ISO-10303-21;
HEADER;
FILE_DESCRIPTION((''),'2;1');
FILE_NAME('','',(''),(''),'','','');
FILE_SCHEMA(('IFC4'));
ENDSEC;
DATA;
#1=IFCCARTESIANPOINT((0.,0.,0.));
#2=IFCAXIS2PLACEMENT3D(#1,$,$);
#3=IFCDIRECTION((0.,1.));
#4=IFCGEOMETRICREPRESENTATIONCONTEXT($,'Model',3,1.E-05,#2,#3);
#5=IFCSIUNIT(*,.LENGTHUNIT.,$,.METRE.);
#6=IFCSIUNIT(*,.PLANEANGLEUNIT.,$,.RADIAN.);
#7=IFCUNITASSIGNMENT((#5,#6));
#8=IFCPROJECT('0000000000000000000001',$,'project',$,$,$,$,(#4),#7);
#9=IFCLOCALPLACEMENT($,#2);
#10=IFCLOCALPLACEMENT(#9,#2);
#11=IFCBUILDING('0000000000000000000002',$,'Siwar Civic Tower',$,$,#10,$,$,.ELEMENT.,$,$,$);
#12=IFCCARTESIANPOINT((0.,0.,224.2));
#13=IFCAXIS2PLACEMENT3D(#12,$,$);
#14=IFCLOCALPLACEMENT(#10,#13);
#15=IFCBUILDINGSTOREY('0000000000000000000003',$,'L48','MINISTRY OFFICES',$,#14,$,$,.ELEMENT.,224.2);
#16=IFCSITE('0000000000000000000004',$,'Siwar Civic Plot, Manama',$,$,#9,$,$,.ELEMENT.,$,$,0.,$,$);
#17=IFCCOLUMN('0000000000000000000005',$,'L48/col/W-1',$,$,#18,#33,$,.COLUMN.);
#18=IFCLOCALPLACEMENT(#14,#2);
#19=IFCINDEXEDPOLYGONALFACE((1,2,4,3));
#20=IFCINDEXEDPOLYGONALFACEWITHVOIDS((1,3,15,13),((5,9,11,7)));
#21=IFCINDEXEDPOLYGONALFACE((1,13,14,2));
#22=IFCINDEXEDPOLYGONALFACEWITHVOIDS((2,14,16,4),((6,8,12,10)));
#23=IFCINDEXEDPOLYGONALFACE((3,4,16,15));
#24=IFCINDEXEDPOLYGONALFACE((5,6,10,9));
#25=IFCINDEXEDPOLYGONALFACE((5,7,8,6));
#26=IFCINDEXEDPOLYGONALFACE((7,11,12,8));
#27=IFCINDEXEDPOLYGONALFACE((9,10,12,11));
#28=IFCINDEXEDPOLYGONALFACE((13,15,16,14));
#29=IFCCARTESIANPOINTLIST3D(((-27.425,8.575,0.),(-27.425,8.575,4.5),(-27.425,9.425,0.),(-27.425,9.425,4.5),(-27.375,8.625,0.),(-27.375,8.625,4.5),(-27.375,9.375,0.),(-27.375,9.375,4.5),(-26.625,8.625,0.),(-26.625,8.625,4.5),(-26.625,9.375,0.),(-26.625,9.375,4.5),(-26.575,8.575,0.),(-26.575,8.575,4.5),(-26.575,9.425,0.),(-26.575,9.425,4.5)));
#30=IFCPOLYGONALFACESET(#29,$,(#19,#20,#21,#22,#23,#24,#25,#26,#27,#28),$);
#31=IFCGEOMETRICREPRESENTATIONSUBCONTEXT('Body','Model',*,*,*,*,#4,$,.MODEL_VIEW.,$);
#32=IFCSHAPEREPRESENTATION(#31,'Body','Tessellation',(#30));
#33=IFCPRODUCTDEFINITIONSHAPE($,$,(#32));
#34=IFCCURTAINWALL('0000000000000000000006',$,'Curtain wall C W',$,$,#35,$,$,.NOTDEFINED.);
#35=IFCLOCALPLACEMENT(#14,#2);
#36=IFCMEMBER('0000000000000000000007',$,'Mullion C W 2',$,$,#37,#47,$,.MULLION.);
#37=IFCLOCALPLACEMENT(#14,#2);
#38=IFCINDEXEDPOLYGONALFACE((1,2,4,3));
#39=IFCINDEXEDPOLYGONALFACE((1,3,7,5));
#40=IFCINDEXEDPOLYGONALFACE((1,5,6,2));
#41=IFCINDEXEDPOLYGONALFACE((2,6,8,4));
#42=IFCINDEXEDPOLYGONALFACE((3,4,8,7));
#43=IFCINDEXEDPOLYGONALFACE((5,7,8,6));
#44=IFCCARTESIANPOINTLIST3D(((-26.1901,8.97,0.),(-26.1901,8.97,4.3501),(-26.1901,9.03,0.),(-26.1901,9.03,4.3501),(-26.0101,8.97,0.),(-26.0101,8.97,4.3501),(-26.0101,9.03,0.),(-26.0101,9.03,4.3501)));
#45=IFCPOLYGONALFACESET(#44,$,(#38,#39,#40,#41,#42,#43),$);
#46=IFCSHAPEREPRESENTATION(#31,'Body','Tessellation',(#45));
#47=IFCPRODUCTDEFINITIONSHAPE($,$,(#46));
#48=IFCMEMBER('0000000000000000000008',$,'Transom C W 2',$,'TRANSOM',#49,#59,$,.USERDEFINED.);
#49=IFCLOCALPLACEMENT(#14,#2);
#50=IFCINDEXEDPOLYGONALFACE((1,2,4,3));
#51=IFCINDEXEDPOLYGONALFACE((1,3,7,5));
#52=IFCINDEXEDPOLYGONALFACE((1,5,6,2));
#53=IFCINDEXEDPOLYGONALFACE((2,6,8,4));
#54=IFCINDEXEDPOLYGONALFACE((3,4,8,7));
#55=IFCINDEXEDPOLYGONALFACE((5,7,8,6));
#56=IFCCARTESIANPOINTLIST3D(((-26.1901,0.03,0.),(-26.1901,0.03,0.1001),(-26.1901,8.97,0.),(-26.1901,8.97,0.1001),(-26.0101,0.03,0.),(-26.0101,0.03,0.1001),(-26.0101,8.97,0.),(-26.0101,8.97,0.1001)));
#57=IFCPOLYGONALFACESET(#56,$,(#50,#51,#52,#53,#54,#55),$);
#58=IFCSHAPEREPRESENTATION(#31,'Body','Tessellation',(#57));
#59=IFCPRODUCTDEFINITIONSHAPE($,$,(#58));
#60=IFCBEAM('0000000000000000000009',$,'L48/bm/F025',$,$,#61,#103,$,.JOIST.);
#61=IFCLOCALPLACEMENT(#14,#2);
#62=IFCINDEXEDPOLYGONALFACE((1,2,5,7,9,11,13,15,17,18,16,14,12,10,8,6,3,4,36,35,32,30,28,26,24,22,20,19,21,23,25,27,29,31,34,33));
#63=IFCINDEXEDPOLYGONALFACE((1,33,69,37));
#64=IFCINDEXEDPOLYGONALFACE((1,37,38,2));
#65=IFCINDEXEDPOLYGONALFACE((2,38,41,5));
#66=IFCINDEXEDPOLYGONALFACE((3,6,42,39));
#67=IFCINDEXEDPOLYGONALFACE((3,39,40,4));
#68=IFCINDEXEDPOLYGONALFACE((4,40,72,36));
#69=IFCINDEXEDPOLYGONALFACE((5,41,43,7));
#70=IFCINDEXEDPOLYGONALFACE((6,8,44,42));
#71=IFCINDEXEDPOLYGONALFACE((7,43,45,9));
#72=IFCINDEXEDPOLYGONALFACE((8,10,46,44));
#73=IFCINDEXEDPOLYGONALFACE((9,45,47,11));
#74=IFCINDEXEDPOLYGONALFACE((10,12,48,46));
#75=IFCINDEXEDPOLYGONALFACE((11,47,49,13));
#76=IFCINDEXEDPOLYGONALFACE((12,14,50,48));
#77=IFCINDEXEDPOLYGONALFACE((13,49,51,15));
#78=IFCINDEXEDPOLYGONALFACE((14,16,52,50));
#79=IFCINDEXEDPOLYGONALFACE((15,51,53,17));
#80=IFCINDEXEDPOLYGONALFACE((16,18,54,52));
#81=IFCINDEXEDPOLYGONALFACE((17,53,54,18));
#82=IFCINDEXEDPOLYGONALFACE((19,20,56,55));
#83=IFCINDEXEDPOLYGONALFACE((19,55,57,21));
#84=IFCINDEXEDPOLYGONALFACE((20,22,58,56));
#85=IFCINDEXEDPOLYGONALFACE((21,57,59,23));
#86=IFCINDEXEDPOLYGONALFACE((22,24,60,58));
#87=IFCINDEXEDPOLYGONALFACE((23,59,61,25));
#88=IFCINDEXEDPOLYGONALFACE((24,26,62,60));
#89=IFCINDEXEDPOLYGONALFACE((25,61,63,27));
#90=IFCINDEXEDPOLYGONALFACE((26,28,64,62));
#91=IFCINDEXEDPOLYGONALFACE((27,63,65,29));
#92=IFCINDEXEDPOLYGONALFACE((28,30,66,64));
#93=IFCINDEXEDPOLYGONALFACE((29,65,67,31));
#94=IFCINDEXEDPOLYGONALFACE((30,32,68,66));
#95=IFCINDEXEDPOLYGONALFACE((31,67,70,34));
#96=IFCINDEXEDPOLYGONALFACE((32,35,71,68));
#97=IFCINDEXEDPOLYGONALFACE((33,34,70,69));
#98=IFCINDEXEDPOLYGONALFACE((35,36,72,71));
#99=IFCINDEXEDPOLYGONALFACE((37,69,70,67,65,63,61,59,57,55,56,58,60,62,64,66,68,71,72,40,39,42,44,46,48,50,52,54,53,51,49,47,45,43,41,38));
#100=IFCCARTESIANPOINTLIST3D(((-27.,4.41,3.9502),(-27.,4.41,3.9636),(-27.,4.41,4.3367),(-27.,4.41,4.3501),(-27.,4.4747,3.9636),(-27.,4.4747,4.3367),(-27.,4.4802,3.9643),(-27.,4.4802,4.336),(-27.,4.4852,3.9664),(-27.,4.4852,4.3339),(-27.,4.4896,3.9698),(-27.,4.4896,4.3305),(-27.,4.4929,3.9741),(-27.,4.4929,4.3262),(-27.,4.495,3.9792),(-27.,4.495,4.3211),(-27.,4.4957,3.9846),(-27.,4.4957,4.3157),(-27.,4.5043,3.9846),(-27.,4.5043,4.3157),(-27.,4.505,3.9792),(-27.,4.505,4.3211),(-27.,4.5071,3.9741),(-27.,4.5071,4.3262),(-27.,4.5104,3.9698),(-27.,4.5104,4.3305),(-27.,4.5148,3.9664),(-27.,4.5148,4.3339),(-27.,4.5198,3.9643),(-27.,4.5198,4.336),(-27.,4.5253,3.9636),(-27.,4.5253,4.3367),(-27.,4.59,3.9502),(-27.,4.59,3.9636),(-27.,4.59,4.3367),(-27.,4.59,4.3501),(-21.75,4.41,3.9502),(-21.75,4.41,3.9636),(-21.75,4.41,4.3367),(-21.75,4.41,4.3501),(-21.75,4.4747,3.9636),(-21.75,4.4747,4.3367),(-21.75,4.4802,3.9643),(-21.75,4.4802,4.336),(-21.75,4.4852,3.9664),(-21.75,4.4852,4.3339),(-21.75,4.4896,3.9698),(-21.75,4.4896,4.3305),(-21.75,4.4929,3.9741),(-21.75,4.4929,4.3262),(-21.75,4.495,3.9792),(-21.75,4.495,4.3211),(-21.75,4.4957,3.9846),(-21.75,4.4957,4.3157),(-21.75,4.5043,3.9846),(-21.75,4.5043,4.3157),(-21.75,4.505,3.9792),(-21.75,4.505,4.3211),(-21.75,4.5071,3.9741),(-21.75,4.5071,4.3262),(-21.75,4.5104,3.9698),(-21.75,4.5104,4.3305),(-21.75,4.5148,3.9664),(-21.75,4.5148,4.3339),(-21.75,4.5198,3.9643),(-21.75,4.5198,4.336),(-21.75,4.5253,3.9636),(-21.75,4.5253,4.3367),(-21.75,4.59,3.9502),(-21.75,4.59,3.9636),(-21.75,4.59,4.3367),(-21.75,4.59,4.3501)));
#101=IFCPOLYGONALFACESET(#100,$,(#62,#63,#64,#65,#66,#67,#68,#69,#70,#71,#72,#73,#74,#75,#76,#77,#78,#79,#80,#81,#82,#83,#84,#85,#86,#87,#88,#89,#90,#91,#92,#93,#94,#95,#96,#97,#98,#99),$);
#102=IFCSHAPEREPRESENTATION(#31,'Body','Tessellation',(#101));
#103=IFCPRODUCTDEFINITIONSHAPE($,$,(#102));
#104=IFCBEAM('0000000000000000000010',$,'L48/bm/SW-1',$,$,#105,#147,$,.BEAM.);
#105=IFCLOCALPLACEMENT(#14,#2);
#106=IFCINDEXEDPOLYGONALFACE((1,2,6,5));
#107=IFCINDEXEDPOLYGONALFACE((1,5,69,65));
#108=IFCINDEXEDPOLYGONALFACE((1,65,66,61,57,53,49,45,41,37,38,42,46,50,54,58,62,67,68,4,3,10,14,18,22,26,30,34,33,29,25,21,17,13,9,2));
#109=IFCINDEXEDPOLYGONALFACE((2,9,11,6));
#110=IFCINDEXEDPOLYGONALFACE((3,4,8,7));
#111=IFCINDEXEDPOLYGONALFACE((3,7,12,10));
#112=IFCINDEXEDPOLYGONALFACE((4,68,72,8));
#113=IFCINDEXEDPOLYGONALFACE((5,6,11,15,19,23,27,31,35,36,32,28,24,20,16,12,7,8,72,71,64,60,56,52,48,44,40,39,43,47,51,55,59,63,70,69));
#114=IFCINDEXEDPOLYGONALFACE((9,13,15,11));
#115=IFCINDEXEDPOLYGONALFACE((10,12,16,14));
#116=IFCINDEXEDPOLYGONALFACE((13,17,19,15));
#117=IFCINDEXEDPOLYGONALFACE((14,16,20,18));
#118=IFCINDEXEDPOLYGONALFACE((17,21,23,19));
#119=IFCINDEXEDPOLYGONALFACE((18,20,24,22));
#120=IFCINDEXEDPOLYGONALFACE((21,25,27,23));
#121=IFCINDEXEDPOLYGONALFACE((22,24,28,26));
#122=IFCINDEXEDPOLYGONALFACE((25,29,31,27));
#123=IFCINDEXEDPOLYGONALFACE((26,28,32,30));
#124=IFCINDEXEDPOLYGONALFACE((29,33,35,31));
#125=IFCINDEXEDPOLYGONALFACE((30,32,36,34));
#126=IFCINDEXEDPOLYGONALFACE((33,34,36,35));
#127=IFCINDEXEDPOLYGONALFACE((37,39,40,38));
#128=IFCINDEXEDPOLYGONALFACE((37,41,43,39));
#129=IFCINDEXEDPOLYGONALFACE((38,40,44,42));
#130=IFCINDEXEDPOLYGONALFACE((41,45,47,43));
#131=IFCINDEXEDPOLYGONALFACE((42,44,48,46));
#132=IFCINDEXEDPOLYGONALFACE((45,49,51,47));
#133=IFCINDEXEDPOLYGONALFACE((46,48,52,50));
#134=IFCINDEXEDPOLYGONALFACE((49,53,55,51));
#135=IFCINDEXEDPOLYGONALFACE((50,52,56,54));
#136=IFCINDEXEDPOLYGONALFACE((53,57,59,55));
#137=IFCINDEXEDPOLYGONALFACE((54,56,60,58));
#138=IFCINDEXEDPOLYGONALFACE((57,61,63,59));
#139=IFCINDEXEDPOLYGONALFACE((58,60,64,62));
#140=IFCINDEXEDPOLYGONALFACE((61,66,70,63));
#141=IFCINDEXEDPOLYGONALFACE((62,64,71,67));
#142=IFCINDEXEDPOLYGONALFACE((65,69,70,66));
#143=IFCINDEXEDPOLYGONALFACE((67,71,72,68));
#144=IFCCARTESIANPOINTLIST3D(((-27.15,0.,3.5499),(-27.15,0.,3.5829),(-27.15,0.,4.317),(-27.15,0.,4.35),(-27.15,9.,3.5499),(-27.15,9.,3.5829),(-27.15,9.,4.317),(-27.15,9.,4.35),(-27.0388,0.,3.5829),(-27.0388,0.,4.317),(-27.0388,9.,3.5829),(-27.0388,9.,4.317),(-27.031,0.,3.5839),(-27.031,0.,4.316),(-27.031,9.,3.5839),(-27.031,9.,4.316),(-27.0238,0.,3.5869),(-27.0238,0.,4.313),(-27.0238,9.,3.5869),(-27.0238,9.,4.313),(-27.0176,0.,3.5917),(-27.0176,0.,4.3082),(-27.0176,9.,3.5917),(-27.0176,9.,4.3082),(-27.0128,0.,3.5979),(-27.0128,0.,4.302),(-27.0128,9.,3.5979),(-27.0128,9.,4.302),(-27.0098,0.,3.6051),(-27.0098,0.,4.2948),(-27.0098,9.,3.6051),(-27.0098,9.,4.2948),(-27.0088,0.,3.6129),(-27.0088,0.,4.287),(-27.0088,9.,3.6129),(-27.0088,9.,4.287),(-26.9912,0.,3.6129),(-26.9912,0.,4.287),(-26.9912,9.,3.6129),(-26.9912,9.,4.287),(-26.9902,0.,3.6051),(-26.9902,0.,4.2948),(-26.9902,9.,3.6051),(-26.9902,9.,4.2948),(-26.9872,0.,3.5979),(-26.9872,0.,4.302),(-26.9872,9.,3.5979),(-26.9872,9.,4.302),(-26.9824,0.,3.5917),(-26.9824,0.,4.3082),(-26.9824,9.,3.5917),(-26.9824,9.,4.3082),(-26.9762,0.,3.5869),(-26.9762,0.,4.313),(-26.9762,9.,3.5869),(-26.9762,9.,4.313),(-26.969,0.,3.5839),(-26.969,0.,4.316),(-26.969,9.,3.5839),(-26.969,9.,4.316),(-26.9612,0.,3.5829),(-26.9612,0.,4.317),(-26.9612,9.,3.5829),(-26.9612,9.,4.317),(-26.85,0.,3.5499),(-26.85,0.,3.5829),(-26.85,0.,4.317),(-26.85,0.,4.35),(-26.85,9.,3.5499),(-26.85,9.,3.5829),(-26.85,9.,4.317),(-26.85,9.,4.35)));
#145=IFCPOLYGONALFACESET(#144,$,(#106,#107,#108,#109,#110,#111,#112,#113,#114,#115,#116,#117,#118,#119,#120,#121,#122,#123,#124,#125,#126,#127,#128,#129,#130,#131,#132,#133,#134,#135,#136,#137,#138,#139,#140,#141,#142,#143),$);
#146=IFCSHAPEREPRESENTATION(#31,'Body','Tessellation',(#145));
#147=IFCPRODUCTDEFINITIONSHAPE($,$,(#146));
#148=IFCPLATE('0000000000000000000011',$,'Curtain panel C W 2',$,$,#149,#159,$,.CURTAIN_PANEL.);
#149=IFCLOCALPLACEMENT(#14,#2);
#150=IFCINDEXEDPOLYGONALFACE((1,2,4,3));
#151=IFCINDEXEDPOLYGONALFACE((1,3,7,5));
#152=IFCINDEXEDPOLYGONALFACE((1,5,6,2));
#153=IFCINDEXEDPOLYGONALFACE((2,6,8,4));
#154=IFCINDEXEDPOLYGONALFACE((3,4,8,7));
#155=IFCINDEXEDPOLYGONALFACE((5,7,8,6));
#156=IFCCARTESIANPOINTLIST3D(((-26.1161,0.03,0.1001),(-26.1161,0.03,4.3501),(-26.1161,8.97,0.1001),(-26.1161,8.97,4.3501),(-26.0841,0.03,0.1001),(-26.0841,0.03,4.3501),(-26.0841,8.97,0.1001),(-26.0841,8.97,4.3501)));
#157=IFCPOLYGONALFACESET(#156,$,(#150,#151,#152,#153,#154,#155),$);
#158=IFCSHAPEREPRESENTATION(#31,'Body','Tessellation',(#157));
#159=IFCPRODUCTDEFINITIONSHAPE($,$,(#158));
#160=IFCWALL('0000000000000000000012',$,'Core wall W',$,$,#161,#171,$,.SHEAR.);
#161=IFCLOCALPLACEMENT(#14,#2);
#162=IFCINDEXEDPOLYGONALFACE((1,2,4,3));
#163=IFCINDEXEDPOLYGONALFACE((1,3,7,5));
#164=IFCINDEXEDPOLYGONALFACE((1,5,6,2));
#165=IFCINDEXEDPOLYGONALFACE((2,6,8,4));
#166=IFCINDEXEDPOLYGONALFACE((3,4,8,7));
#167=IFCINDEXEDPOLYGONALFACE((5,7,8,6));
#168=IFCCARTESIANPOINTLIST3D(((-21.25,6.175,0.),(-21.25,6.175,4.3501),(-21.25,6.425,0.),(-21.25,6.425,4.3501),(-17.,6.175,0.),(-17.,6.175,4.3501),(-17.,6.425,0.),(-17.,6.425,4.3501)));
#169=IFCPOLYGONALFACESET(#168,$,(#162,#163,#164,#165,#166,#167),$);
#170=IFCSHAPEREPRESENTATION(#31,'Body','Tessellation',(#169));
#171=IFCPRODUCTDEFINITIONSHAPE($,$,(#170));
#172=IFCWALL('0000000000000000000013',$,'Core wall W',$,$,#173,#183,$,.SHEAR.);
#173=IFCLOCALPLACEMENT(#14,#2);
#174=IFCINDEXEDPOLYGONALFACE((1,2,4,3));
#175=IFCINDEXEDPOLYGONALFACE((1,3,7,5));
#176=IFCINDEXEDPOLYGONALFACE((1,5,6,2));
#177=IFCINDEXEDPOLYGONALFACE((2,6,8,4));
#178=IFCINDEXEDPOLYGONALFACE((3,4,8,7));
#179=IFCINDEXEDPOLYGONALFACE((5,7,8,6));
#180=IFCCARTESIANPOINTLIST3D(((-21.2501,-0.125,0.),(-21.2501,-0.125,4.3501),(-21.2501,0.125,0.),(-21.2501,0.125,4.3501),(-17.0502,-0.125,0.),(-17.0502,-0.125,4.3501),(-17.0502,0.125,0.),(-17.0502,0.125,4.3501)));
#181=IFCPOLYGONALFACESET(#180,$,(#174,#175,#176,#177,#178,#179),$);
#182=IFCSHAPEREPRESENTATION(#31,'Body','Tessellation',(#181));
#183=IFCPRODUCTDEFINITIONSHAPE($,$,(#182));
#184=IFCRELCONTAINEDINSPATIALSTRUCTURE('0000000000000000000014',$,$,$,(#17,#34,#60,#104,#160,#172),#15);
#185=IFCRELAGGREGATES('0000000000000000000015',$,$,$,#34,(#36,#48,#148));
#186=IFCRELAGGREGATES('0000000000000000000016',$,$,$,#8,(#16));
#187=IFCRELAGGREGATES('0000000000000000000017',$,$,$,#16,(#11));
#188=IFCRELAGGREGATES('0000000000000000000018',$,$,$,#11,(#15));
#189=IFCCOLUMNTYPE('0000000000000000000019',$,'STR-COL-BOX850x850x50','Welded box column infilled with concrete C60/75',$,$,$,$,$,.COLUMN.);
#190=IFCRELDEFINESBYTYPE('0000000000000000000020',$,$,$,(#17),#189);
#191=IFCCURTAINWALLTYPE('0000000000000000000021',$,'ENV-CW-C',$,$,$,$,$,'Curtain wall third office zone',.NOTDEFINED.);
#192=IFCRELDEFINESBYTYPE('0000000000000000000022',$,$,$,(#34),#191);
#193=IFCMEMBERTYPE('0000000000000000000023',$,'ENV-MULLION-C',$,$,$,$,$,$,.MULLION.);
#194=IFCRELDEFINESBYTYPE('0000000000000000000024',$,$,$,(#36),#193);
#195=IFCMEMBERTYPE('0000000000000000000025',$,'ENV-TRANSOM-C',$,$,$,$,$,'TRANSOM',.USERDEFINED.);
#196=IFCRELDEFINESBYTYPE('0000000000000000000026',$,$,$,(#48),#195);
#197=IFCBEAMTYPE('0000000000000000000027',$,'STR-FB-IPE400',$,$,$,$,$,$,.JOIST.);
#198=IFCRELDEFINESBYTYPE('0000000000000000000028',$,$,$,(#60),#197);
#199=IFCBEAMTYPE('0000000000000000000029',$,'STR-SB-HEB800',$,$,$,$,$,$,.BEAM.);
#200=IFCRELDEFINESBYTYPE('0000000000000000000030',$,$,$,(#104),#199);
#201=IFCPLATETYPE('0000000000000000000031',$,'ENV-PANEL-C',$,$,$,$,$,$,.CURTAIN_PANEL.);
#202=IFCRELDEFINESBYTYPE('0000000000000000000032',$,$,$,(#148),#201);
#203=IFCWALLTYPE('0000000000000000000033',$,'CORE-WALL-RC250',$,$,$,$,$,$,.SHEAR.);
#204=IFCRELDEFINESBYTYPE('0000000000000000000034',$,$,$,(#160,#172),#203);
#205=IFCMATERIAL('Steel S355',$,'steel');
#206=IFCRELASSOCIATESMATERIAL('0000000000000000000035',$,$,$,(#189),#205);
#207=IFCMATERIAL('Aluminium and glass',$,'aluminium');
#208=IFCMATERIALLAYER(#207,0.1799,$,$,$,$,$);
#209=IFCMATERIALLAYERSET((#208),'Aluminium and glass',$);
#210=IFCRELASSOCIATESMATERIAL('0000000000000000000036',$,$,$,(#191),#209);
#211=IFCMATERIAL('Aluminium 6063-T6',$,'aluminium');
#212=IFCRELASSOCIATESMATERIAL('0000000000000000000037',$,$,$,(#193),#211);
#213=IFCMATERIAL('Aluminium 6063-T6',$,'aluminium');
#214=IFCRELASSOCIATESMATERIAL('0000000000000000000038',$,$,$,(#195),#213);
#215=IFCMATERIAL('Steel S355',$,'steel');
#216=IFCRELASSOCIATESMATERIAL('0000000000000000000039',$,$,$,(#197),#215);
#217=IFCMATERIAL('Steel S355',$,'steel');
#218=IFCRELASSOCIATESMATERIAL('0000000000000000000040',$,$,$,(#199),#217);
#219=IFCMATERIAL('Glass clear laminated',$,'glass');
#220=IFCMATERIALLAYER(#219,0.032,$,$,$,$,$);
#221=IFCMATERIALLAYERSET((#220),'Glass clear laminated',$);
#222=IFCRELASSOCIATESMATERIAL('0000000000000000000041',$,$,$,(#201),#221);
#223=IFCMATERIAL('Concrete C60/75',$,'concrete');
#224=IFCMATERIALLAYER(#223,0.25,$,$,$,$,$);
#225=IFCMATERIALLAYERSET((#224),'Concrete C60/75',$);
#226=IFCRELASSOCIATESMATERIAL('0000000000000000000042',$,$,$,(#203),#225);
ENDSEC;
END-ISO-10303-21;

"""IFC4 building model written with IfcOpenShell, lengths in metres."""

from ifc_helpers import new_model, si_unit, direction, frame, frame_2d, origin, origin_2d, place, context, subcontext, project, spatial, rectangle, hollow_rectangle, i_section, extrude, material, layer, layer_set, material_profile, profile_set, type_object, element, aggregate, save


model = new_model("IFC4")

# Units and contexts
model_context = context("Model", 3, precision=1e-05, world=origin(), true_north=direction((0.0, 1.0)))
body_context = subcontext(model_context, "Body", "Model", "MODEL_VIEW")
ifc_project = project(units=[si_unit("LENGTHUNIT", "METRE"), si_unit("PLANEANGLEUNIT", "RADIAN")], contexts=[model_context])

# Site, building, storey
site_placement = place(None, origin())
site = spatial("IfcSite", under=ifc_project, at=site_placement, Name="Siwar Civic Plot, Manama", CompositionType="ELEMENT", RefElevation=0.0)
building_placement = place(site_placement, origin())
building = spatial("IfcBuilding", under=site, at=building_placement, Name="Siwar Civic Tower", CompositionType="ELEMENT")
storey_placement = place(building_placement, frame((0.0, 0.0, 224.2)))
storey = spatial("IfcBuildingStorey", under=building, at=storey_placement, Name="L48", Description="MINISTRY OFFICES", CompositionType="ELEMENT", Elevation=224.2)

# Column
ifc_material_1 = material(Name="Steel S355", Category="steel")
ifc_material_profile_1 = material_profile(ifc_material_1, hollow_rectangle(XDim=0.8501, YDim=0.8501, WallThickness=0.05, at=origin_2d()), Name="BOX850x850x50")
ifc_profile_set_1 = profile_set([ifc_material_profile_1], Name="Steel S355")
column_type = type_object("IfcColumnType", Name="STR-COL-BOX850x850x50", Description="Welded box column infilled with concrete C60/75", PredefinedType="COLUMN", material=ifc_profile_set_1)
column_placement = place(storey_placement, frame((-27.0, 9.0, 0.0), z_axis=(0.0, 0.0, 1.0), x_axis=(1.0, 0.0, 0.0)))
element("IfcColumn", 1, at=column_placement, inside=storey, type_object=column_type, Name="L48/col/W-1", PredefinedType="COLUMN", context=body_context, shape_type="SweptSolid", body=[
    extrude(hollow_rectangle(XDim=0.8501, YDim=0.8501, WallThickness=0.05, at=origin_2d()), origin(), (0.0, 0.0, 1.0), 4.5),
])

# Curtain wall, members
ifc_material_2 = material(Name="Aluminium and glass", Category="aluminium")
ifc_layer_1 = layer(ifc_material_2, 0.1799)
ifc_layer_set_1 = layer_set([ifc_layer_1], Name="Aluminium and glass")
curtain_wall_type = type_object("IfcCurtainWallType", Name="ENV-CW-C", ElementType="Curtain wall third office zone", PredefinedType="NOTDEFINED", material=ifc_layer_set_1)
curtain_wall_placement = place(storey_placement, origin())
curtain_wall = element("IfcCurtainWall", 2, at=curtain_wall_placement, inside=storey, type_object=curtain_wall_type, Name="Curtain wall C W", PredefinedType="NOTDEFINED")
ifc_material_3 = material(Name="Aluminium 6063-T6", Category="aluminium")
ifc_material_profile_2 = material_profile(ifc_material_3, rectangle(XDim=0.1799, YDim=0.0601, at=origin_2d()), Name="AL 180x60")
ifc_profile_set_2 = profile_set([ifc_material_profile_2], Name="Aluminium 6063-T6")
member_type_1 = type_object("IfcMemberType", Name="ENV-MULLION-C", PredefinedType="MULLION", material=ifc_profile_set_2)
member_1_placement = place(storey_placement, frame((-26.1001, 9.0, 0.0), z_axis=(0.0, 0.0, 1.0), x_axis=(1.0, 0.0, 0.0)))
member_1 = element("IfcMember", 3, at=member_1_placement, type_object=member_type_1, Name="Mullion C W 2", PredefinedType="MULLION", context=body_context, shape_type="SweptSolid", body=[
    extrude(rectangle(XDim=0.1799, YDim=0.0601, at=origin_2d()), origin(), (0.0, 0.0, 1.0), 4.3501),
])
ifc_material_4 = material(Name="Aluminium 6063-T6", Category="aluminium")
ifc_material_profile_3 = material_profile(ifc_material_4, rectangle(XDim=0.1799, YDim=0.1001, at=origin_2d()), Name="AL 180x100")
ifc_profile_set_3 = profile_set([ifc_material_profile_3], Name="Aluminium 6063-T6")
member_type_2 = type_object("IfcMemberType", Name="ENV-TRANSOM-C", ElementType="TRANSOM", PredefinedType="USERDEFINED", material=ifc_profile_set_3)
member_2_placement = place(storey_placement, frame((-26.1001, 8.97, 0.05), z_axis=(0.0, -1.0, 0.0), x_axis=(1.0, 0.0, 0.0)))
member_2 = element("IfcMember", 4, at=member_2_placement, type_object=member_type_2, Name="Transom C W 2", ObjectType="TRANSOM", PredefinedType="USERDEFINED", context=body_context, shape_type="SweptSolid", body=[
    extrude(rectangle(XDim=0.1799, YDim=0.1001, at=origin_2d()), origin(), (0.0, 0.0, 1.0), 8.9399),
])

# Beams
ifc_material_5 = material(Name="Steel S355", Category="steel")
ifc_material_profile_4 = material_profile(ifc_material_5, i_section(OverallWidth=0.1799, OverallDepth=0.3999, WebThickness=0.0085, FlangeThickness=0.0134, FilletRadius=0.021, at=origin_2d()), Name="IPE400")
ifc_profile_set_4 = profile_set([ifc_material_profile_4], Name="Steel S355")
beam_type_1 = type_object("IfcBeamType", Name="STR-FB-IPE400", PredefinedType="JOIST", material=ifc_profile_set_4)
beam_1_placement = place(storey_placement, frame((-27.0, 4.5, 4.1501), z_axis=(1.0, 0.0, 0.0), x_axis=(0.0, 1.0, 0.0)))
element("IfcBeam", 5, at=beam_1_placement, inside=storey, type_object=beam_type_1, Name="L48/bm/F025", PredefinedType="JOIST", context=body_context, shape_type="SweptSolid", body=[
    extrude(i_section(OverallWidth=0.1799, OverallDepth=0.3999, WebThickness=0.0085, FlangeThickness=0.0134, FilletRadius=0.021, at=origin_2d()), origin(), (0.0, 0.0, 1.0), 5.25),
])
ifc_material_6 = material(Name="Steel S355", Category="steel")
ifc_material_profile_5 = material_profile(ifc_material_6, i_section(OverallWidth=0.3, OverallDepth=0.8, WebThickness=0.0176, FlangeThickness=0.033, FilletRadius=0.03, at=origin_2d()), Name="HEB800")
ifc_profile_set_5 = profile_set([ifc_material_profile_5], Name="Steel S355")
beam_type_2 = type_object("IfcBeamType", Name="STR-SB-HEB800", PredefinedType="BEAM", material=ifc_profile_set_5)
beam_2_placement = place(storey_placement, frame((-27.0, 9.0, 3.95), z_axis=(0.0, -1.0, 0.0), x_axis=(1.0, 0.0, 0.0)))
element("IfcBeam", 6, at=beam_2_placement, inside=storey, type_object=beam_type_2, Name="L48/bm/SW-1", PredefinedType="BEAM", context=body_context, shape_type="SweptSolid", body=[
    extrude(i_section(OverallWidth=0.3, OverallDepth=0.8, WebThickness=0.0176, FlangeThickness=0.033, FilletRadius=0.03, at=origin_2d()), origin(), (0.0, 0.0, 1.0), 9.0),
])

# Plate
ifc_material_7 = material(Name="Glass clear laminated", Category="glass")
ifc_layer_2 = layer(ifc_material_7, 0.032)
ifc_layer_set_2 = layer_set([ifc_layer_2], Name="Glass clear laminated")
plate_type = type_object("IfcPlateType", Name="ENV-PANEL-C", PredefinedType="CURTAIN_PANEL", material=ifc_layer_set_2)
plate_placement = place(storey_placement, frame((-26.1001, 4.5, 0.1001), z_axis=(0.0, 0.0, 1.0), x_axis=(0.0, -1.0, 0.0)))
plate = element("IfcPlate", 7, at=plate_placement, type_object=plate_type, Name="Curtain panel C W 2", PredefinedType="CURTAIN_PANEL", context=body_context, shape_type="SweptSolid", body=[
    extrude(rectangle(XDim=8.9399, YDim=0.032, at=origin_2d()), origin(), (0.0, 0.0, 1.0), 4.25),
])
aggregate(curtain_wall, [member_1, member_2, plate])

# Walls
ifc_material_8 = material(Name="Concrete C60/75", Category="concrete")
ifc_layer_3 = layer(ifc_material_8, 0.25)
ifc_layer_set_3 = layer_set([ifc_layer_3], Name="Concrete C60/75")
wall_type_1 = type_object("IfcWallType", Name="CORE-WALL-RC250", PredefinedType="SHEAR", material=ifc_layer_set_3)
wall_1_placement = place(storey_placement, frame((-17.0, 6.3, 0.0), z_axis=(0.0, 0.0, 1.0), x_axis=(-1.0, 0.0, 0.0)))
element("IfcWall", 8, at=wall_1_placement, inside=storey, type_object=wall_type_1, Name="Core wall W", PredefinedType="SHEAR", context=body_context, shape_type="SweptSolid", body=[
    extrude(rectangle(XDim=4.25, YDim=0.25, at=frame_2d((2.125, 0.0))), origin(), (0.0, 0.0, 1.0), 4.3501),
])
for number, where, z_axis, x_axis, name in (
    (9, (-17.05, 0.0, 0.0), (0.0, 0.0, 1.0), (-1.0, 0.0, 0.0), "Core wall W"),
):
    element("IfcWall", number, at=place(storey_placement, frame(where, z_axis=z_axis, x_axis=x_axis)), inside=storey, type_object=wall_type_1, Name=name, PredefinedType="SHEAR", context=body_context, shape_type="SweptSolid", body=[
        extrude(rectangle(XDim=4.2, YDim=0.25, at=frame_2d((2.1001, 0.0))), origin(), (0.0, 0.0, 1.0), 4.3501),
    ])

save(model, "model.ifc")
